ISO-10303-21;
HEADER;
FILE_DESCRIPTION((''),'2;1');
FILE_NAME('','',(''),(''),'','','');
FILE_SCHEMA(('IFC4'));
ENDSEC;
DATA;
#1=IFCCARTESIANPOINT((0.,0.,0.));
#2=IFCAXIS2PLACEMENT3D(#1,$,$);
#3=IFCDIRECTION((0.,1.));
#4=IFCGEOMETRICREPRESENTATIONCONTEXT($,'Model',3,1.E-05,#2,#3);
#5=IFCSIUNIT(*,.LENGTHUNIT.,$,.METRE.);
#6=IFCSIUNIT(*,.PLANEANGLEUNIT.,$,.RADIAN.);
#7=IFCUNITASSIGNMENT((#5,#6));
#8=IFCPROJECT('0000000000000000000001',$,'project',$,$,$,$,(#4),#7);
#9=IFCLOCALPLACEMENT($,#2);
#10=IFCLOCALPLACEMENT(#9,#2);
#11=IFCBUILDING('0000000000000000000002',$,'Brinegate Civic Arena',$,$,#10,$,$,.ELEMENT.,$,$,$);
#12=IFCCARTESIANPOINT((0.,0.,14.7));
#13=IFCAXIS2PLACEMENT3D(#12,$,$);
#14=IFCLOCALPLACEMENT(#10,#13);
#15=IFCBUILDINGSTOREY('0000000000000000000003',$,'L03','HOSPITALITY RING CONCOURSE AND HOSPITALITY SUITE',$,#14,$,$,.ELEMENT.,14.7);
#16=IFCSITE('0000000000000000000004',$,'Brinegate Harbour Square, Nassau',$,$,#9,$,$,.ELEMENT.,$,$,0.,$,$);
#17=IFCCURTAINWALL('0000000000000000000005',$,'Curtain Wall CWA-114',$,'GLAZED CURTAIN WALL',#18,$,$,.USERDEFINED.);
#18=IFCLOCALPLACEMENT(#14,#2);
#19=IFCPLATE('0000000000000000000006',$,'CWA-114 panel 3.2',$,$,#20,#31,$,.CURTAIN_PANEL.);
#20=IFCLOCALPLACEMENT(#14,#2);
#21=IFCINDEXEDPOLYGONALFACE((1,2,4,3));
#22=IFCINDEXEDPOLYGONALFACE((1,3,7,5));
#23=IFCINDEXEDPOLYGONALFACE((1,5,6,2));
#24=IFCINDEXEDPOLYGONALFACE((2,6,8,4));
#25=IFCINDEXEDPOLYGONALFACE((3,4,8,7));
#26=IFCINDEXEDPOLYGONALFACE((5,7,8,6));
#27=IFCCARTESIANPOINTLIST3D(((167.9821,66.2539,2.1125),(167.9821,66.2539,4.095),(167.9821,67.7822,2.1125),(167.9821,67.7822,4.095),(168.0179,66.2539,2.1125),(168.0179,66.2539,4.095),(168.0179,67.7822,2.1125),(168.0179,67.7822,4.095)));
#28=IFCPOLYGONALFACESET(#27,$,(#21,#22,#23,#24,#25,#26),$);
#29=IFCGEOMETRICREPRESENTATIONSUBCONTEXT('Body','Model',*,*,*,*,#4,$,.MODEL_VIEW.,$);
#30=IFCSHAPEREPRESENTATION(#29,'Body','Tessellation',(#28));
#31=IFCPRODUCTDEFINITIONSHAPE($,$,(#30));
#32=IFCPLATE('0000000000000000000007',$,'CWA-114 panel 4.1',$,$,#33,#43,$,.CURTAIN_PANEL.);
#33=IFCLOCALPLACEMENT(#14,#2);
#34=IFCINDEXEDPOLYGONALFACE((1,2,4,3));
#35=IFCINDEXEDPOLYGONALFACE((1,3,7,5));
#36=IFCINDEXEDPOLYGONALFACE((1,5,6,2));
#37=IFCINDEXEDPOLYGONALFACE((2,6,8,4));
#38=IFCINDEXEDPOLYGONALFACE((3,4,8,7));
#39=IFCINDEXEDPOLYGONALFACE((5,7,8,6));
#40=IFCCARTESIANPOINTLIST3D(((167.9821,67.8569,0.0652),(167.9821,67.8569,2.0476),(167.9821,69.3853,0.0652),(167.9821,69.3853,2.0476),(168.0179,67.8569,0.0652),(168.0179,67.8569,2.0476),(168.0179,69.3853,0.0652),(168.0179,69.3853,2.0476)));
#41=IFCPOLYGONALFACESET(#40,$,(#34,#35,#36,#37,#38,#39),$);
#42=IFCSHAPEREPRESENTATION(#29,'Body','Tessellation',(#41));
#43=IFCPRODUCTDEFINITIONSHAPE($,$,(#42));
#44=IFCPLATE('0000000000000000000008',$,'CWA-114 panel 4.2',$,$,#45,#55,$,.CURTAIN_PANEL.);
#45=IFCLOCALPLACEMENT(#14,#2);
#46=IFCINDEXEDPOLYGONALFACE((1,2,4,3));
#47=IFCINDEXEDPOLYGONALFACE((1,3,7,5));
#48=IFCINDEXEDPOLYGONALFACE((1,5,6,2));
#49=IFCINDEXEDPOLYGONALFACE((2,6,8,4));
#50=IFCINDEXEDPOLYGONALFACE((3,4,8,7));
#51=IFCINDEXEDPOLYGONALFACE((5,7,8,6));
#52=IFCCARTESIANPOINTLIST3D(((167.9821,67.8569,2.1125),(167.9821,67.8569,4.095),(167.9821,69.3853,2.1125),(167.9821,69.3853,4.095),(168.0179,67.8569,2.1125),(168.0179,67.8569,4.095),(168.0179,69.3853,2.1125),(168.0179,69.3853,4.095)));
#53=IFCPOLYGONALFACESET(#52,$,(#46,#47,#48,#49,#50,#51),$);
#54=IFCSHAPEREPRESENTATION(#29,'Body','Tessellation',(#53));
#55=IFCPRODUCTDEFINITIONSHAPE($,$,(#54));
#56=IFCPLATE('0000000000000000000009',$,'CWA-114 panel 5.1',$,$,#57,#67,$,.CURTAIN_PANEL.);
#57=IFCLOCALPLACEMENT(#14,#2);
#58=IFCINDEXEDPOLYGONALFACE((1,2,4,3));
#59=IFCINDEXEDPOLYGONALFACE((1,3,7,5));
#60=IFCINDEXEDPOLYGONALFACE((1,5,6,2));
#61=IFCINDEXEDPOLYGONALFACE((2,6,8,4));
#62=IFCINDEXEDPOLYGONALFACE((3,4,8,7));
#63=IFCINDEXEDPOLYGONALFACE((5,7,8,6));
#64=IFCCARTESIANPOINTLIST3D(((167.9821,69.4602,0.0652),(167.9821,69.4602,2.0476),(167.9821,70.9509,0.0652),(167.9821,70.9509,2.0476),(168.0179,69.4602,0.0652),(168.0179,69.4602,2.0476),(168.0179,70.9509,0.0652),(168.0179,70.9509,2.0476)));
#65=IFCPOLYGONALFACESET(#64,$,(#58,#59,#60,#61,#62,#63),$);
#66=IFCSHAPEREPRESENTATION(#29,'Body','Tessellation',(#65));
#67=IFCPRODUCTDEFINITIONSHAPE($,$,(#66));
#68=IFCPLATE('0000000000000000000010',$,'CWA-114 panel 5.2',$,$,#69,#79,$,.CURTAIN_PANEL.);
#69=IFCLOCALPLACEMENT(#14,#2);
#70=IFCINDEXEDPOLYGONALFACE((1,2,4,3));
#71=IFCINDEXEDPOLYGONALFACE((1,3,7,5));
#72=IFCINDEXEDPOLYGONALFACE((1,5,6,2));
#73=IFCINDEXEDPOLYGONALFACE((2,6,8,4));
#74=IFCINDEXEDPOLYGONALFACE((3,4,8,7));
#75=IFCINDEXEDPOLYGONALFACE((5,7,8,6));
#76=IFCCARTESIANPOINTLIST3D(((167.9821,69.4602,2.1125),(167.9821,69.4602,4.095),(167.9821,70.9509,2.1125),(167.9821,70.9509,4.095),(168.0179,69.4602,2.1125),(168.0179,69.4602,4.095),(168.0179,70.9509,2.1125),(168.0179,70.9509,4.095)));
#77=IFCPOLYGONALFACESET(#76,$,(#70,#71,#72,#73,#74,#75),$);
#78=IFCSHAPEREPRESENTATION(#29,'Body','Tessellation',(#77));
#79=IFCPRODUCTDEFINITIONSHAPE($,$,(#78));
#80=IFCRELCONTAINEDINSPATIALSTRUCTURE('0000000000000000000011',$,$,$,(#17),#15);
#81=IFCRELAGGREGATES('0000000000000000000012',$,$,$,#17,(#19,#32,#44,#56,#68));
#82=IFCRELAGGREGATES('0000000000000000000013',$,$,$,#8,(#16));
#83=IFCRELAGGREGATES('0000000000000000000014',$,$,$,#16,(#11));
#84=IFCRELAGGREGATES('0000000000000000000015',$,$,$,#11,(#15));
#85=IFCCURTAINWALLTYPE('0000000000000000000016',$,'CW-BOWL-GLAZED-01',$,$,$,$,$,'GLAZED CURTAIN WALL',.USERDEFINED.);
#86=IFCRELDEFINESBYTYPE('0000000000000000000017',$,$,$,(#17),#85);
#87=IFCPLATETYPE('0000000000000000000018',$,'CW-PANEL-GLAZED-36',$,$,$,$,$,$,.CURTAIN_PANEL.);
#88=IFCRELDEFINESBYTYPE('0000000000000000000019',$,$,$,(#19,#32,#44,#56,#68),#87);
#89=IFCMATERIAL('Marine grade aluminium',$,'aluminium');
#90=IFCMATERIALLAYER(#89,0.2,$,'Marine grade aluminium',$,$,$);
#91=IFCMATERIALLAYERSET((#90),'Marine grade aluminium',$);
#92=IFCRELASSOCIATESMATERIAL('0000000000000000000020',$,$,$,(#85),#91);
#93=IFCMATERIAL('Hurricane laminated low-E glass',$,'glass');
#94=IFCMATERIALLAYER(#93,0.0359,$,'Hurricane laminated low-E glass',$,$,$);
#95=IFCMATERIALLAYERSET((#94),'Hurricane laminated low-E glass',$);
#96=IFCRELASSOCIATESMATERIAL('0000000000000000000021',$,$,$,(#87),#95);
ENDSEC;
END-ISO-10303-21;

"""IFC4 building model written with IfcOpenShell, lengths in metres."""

from ifc_helpers import new_model, si_unit, direction, frame, origin, origin_2d, place, context, subcontext, project, spatial, rectangle, extrude, material, layer, layer_set, type_object, element, aggregate, save


model = new_model("IFC4")

# Units and contexts
model_context = context("Model", 3, precision=1e-05, world=origin(), true_north=direction((0.0, 1.0)))
body_context = subcontext(model_context, "Body", "Model", "MODEL_VIEW")
ifc_project = project(units=[si_unit("LENGTHUNIT", "METRE"), si_unit("PLANEANGLEUNIT", "RADIAN")], contexts=[model_context])

# Site, building, storey
site_placement = place(None, origin())
site = spatial("IfcSite", under=ifc_project, at=site_placement, Name="Brinegate Harbour Square, Nassau", CompositionType="ELEMENT", RefElevation=0.0)
building_placement = place(site_placement, origin())
building = spatial("IfcBuilding", under=site, at=building_placement, Name="Brinegate Civic Arena", CompositionType="ELEMENT")
storey_placement = place(building_placement, frame((0.0, 0.0, 14.7)))
storey = spatial("IfcBuildingStorey", under=building, at=storey_placement, Name="L03", Description="HOSPITALITY RING CONCOURSE AND HOSPITALITY SUITE", CompositionType="ELEMENT", Elevation=14.7)

# Curtain wall
ifc_material_1 = material(Name="Marine grade aluminium", Category="aluminium")
ifc_layer_1 = layer(ifc_material_1, 0.2, Name="Marine grade aluminium")
ifc_layer_set_1 = layer_set([ifc_layer_1], Name="Marine grade aluminium")
curtain_wall_type = type_object("IfcCurtainWallType", Name="CW-BOWL-GLAZED-01", ElementType="GLAZED CURTAIN WALL", PredefinedType="USERDEFINED", material=ifc_layer_set_1)
curtain_wall_1_placement = place(storey_placement, origin())
curtain_wall_1 = element("IfcCurtainWall", 1, at=curtain_wall_1_placement, inside=storey, type_object=curtain_wall_type, Name="Curtain Wall CWA-114", ObjectType="GLAZED CURTAIN WALL", PredefinedType="USERDEFINED")

# Plates
ifc_material_2 = material(Name="Hurricane laminated low-E glass", Category="glass")
ifc_layer_2 = layer(ifc_material_2, 0.0359, Name="Hurricane laminated low-E glass")
ifc_layer_set_2 = layer_set([ifc_layer_2], Name="Hurricane laminated low-E glass")
plate_type_1 = type_object("IfcPlateType", Name="CW-PANEL-GLAZED-36", PredefinedType="CURTAIN_PANEL", material=ifc_layer_set_2)
plate_1_placement = place(storey_placement, frame((168.0, 67.0181, 2.1125), z_axis=(0.0, 0.0, 1.0), x_axis=(0.0, 1.0, 0.0)))
plate_1 = element("IfcPlate", 2, at=plate_1_placement, type_object=plate_type_1, Name="CWA-114 panel 3.2", PredefinedType="CURTAIN_PANEL", context=body_context, shape_type="SweptSolid", body=[
    extrude(rectangle(XDim=1.5283, YDim=0.0359, at=origin_2d()), origin(), (0.0, 0.0, 1.0), 1.9824),
])
plate_2_placement = place(storey_placement, frame((168.0, 68.6211, 0.0652), z_axis=(0.0, 0.0, 1.0), x_axis=(0.0, 1.0, 0.0)))
plate_2 = element("IfcPlate", 3, at=plate_2_placement, type_object=plate_type_1, Name="CWA-114 panel 4.1", PredefinedType="CURTAIN_PANEL", context=body_context, shape_type="SweptSolid", body=[
    extrude(rectangle(XDim=1.5283, YDim=0.0359, at=origin_2d()), origin(), (0.0, 0.0, 1.0), 1.9824),
])
plate_3_placement = place(storey_placement, frame((168.0, 68.6211, 2.1125), z_axis=(0.0, 0.0, 1.0), x_axis=(0.0, 1.0, 0.0)))
plate_3 = element("IfcPlate", 4, at=plate_3_placement, type_object=plate_type_1, Name="CWA-114 panel 4.2", PredefinedType="CURTAIN_PANEL", context=body_context, shape_type="SweptSolid", body=[
    extrude(rectangle(XDim=1.5283, YDim=0.0359, at=origin_2d()), origin(), (0.0, 0.0, 1.0), 1.9824),
])
plate_4_placement = place(storey_placement, frame((168.0, 70.2056, 0.0652), z_axis=(0.0, 0.0, 1.0), x_axis=(0.0, 1.0, 0.0)))
plate_4 = element("IfcPlate", 5, at=plate_4_placement, type_object=plate_type_1, Name="CWA-114 panel 5.1", PredefinedType="CURTAIN_PANEL", context=body_context, shape_type="SweptSolid", body=[
    extrude(rectangle(XDim=1.4907, YDim=0.0359, at=origin_2d()), origin(), (0.0, 0.0, 1.0), 1.9824),
])
plate_5_placement = place(storey_placement, frame((168.0, 70.2056, 2.1125), z_axis=(0.0, 0.0, 1.0), x_axis=(0.0, 1.0, 0.0)))
plate_5 = element("IfcPlate", 6, at=plate_5_placement, type_object=plate_type_1, Name="CWA-114 panel 5.2", PredefinedType="CURTAIN_PANEL", context=body_context, shape_type="SweptSolid", body=[
    extrude(rectangle(XDim=1.4907, YDim=0.0359, at=origin_2d()), origin(), (0.0, 0.0, 1.0), 1.9824),
])
aggregate(curtain_wall_1, [plate_1, plate_2, plate_3, plate_4, plate_5])

save(model, "model.ifc")
